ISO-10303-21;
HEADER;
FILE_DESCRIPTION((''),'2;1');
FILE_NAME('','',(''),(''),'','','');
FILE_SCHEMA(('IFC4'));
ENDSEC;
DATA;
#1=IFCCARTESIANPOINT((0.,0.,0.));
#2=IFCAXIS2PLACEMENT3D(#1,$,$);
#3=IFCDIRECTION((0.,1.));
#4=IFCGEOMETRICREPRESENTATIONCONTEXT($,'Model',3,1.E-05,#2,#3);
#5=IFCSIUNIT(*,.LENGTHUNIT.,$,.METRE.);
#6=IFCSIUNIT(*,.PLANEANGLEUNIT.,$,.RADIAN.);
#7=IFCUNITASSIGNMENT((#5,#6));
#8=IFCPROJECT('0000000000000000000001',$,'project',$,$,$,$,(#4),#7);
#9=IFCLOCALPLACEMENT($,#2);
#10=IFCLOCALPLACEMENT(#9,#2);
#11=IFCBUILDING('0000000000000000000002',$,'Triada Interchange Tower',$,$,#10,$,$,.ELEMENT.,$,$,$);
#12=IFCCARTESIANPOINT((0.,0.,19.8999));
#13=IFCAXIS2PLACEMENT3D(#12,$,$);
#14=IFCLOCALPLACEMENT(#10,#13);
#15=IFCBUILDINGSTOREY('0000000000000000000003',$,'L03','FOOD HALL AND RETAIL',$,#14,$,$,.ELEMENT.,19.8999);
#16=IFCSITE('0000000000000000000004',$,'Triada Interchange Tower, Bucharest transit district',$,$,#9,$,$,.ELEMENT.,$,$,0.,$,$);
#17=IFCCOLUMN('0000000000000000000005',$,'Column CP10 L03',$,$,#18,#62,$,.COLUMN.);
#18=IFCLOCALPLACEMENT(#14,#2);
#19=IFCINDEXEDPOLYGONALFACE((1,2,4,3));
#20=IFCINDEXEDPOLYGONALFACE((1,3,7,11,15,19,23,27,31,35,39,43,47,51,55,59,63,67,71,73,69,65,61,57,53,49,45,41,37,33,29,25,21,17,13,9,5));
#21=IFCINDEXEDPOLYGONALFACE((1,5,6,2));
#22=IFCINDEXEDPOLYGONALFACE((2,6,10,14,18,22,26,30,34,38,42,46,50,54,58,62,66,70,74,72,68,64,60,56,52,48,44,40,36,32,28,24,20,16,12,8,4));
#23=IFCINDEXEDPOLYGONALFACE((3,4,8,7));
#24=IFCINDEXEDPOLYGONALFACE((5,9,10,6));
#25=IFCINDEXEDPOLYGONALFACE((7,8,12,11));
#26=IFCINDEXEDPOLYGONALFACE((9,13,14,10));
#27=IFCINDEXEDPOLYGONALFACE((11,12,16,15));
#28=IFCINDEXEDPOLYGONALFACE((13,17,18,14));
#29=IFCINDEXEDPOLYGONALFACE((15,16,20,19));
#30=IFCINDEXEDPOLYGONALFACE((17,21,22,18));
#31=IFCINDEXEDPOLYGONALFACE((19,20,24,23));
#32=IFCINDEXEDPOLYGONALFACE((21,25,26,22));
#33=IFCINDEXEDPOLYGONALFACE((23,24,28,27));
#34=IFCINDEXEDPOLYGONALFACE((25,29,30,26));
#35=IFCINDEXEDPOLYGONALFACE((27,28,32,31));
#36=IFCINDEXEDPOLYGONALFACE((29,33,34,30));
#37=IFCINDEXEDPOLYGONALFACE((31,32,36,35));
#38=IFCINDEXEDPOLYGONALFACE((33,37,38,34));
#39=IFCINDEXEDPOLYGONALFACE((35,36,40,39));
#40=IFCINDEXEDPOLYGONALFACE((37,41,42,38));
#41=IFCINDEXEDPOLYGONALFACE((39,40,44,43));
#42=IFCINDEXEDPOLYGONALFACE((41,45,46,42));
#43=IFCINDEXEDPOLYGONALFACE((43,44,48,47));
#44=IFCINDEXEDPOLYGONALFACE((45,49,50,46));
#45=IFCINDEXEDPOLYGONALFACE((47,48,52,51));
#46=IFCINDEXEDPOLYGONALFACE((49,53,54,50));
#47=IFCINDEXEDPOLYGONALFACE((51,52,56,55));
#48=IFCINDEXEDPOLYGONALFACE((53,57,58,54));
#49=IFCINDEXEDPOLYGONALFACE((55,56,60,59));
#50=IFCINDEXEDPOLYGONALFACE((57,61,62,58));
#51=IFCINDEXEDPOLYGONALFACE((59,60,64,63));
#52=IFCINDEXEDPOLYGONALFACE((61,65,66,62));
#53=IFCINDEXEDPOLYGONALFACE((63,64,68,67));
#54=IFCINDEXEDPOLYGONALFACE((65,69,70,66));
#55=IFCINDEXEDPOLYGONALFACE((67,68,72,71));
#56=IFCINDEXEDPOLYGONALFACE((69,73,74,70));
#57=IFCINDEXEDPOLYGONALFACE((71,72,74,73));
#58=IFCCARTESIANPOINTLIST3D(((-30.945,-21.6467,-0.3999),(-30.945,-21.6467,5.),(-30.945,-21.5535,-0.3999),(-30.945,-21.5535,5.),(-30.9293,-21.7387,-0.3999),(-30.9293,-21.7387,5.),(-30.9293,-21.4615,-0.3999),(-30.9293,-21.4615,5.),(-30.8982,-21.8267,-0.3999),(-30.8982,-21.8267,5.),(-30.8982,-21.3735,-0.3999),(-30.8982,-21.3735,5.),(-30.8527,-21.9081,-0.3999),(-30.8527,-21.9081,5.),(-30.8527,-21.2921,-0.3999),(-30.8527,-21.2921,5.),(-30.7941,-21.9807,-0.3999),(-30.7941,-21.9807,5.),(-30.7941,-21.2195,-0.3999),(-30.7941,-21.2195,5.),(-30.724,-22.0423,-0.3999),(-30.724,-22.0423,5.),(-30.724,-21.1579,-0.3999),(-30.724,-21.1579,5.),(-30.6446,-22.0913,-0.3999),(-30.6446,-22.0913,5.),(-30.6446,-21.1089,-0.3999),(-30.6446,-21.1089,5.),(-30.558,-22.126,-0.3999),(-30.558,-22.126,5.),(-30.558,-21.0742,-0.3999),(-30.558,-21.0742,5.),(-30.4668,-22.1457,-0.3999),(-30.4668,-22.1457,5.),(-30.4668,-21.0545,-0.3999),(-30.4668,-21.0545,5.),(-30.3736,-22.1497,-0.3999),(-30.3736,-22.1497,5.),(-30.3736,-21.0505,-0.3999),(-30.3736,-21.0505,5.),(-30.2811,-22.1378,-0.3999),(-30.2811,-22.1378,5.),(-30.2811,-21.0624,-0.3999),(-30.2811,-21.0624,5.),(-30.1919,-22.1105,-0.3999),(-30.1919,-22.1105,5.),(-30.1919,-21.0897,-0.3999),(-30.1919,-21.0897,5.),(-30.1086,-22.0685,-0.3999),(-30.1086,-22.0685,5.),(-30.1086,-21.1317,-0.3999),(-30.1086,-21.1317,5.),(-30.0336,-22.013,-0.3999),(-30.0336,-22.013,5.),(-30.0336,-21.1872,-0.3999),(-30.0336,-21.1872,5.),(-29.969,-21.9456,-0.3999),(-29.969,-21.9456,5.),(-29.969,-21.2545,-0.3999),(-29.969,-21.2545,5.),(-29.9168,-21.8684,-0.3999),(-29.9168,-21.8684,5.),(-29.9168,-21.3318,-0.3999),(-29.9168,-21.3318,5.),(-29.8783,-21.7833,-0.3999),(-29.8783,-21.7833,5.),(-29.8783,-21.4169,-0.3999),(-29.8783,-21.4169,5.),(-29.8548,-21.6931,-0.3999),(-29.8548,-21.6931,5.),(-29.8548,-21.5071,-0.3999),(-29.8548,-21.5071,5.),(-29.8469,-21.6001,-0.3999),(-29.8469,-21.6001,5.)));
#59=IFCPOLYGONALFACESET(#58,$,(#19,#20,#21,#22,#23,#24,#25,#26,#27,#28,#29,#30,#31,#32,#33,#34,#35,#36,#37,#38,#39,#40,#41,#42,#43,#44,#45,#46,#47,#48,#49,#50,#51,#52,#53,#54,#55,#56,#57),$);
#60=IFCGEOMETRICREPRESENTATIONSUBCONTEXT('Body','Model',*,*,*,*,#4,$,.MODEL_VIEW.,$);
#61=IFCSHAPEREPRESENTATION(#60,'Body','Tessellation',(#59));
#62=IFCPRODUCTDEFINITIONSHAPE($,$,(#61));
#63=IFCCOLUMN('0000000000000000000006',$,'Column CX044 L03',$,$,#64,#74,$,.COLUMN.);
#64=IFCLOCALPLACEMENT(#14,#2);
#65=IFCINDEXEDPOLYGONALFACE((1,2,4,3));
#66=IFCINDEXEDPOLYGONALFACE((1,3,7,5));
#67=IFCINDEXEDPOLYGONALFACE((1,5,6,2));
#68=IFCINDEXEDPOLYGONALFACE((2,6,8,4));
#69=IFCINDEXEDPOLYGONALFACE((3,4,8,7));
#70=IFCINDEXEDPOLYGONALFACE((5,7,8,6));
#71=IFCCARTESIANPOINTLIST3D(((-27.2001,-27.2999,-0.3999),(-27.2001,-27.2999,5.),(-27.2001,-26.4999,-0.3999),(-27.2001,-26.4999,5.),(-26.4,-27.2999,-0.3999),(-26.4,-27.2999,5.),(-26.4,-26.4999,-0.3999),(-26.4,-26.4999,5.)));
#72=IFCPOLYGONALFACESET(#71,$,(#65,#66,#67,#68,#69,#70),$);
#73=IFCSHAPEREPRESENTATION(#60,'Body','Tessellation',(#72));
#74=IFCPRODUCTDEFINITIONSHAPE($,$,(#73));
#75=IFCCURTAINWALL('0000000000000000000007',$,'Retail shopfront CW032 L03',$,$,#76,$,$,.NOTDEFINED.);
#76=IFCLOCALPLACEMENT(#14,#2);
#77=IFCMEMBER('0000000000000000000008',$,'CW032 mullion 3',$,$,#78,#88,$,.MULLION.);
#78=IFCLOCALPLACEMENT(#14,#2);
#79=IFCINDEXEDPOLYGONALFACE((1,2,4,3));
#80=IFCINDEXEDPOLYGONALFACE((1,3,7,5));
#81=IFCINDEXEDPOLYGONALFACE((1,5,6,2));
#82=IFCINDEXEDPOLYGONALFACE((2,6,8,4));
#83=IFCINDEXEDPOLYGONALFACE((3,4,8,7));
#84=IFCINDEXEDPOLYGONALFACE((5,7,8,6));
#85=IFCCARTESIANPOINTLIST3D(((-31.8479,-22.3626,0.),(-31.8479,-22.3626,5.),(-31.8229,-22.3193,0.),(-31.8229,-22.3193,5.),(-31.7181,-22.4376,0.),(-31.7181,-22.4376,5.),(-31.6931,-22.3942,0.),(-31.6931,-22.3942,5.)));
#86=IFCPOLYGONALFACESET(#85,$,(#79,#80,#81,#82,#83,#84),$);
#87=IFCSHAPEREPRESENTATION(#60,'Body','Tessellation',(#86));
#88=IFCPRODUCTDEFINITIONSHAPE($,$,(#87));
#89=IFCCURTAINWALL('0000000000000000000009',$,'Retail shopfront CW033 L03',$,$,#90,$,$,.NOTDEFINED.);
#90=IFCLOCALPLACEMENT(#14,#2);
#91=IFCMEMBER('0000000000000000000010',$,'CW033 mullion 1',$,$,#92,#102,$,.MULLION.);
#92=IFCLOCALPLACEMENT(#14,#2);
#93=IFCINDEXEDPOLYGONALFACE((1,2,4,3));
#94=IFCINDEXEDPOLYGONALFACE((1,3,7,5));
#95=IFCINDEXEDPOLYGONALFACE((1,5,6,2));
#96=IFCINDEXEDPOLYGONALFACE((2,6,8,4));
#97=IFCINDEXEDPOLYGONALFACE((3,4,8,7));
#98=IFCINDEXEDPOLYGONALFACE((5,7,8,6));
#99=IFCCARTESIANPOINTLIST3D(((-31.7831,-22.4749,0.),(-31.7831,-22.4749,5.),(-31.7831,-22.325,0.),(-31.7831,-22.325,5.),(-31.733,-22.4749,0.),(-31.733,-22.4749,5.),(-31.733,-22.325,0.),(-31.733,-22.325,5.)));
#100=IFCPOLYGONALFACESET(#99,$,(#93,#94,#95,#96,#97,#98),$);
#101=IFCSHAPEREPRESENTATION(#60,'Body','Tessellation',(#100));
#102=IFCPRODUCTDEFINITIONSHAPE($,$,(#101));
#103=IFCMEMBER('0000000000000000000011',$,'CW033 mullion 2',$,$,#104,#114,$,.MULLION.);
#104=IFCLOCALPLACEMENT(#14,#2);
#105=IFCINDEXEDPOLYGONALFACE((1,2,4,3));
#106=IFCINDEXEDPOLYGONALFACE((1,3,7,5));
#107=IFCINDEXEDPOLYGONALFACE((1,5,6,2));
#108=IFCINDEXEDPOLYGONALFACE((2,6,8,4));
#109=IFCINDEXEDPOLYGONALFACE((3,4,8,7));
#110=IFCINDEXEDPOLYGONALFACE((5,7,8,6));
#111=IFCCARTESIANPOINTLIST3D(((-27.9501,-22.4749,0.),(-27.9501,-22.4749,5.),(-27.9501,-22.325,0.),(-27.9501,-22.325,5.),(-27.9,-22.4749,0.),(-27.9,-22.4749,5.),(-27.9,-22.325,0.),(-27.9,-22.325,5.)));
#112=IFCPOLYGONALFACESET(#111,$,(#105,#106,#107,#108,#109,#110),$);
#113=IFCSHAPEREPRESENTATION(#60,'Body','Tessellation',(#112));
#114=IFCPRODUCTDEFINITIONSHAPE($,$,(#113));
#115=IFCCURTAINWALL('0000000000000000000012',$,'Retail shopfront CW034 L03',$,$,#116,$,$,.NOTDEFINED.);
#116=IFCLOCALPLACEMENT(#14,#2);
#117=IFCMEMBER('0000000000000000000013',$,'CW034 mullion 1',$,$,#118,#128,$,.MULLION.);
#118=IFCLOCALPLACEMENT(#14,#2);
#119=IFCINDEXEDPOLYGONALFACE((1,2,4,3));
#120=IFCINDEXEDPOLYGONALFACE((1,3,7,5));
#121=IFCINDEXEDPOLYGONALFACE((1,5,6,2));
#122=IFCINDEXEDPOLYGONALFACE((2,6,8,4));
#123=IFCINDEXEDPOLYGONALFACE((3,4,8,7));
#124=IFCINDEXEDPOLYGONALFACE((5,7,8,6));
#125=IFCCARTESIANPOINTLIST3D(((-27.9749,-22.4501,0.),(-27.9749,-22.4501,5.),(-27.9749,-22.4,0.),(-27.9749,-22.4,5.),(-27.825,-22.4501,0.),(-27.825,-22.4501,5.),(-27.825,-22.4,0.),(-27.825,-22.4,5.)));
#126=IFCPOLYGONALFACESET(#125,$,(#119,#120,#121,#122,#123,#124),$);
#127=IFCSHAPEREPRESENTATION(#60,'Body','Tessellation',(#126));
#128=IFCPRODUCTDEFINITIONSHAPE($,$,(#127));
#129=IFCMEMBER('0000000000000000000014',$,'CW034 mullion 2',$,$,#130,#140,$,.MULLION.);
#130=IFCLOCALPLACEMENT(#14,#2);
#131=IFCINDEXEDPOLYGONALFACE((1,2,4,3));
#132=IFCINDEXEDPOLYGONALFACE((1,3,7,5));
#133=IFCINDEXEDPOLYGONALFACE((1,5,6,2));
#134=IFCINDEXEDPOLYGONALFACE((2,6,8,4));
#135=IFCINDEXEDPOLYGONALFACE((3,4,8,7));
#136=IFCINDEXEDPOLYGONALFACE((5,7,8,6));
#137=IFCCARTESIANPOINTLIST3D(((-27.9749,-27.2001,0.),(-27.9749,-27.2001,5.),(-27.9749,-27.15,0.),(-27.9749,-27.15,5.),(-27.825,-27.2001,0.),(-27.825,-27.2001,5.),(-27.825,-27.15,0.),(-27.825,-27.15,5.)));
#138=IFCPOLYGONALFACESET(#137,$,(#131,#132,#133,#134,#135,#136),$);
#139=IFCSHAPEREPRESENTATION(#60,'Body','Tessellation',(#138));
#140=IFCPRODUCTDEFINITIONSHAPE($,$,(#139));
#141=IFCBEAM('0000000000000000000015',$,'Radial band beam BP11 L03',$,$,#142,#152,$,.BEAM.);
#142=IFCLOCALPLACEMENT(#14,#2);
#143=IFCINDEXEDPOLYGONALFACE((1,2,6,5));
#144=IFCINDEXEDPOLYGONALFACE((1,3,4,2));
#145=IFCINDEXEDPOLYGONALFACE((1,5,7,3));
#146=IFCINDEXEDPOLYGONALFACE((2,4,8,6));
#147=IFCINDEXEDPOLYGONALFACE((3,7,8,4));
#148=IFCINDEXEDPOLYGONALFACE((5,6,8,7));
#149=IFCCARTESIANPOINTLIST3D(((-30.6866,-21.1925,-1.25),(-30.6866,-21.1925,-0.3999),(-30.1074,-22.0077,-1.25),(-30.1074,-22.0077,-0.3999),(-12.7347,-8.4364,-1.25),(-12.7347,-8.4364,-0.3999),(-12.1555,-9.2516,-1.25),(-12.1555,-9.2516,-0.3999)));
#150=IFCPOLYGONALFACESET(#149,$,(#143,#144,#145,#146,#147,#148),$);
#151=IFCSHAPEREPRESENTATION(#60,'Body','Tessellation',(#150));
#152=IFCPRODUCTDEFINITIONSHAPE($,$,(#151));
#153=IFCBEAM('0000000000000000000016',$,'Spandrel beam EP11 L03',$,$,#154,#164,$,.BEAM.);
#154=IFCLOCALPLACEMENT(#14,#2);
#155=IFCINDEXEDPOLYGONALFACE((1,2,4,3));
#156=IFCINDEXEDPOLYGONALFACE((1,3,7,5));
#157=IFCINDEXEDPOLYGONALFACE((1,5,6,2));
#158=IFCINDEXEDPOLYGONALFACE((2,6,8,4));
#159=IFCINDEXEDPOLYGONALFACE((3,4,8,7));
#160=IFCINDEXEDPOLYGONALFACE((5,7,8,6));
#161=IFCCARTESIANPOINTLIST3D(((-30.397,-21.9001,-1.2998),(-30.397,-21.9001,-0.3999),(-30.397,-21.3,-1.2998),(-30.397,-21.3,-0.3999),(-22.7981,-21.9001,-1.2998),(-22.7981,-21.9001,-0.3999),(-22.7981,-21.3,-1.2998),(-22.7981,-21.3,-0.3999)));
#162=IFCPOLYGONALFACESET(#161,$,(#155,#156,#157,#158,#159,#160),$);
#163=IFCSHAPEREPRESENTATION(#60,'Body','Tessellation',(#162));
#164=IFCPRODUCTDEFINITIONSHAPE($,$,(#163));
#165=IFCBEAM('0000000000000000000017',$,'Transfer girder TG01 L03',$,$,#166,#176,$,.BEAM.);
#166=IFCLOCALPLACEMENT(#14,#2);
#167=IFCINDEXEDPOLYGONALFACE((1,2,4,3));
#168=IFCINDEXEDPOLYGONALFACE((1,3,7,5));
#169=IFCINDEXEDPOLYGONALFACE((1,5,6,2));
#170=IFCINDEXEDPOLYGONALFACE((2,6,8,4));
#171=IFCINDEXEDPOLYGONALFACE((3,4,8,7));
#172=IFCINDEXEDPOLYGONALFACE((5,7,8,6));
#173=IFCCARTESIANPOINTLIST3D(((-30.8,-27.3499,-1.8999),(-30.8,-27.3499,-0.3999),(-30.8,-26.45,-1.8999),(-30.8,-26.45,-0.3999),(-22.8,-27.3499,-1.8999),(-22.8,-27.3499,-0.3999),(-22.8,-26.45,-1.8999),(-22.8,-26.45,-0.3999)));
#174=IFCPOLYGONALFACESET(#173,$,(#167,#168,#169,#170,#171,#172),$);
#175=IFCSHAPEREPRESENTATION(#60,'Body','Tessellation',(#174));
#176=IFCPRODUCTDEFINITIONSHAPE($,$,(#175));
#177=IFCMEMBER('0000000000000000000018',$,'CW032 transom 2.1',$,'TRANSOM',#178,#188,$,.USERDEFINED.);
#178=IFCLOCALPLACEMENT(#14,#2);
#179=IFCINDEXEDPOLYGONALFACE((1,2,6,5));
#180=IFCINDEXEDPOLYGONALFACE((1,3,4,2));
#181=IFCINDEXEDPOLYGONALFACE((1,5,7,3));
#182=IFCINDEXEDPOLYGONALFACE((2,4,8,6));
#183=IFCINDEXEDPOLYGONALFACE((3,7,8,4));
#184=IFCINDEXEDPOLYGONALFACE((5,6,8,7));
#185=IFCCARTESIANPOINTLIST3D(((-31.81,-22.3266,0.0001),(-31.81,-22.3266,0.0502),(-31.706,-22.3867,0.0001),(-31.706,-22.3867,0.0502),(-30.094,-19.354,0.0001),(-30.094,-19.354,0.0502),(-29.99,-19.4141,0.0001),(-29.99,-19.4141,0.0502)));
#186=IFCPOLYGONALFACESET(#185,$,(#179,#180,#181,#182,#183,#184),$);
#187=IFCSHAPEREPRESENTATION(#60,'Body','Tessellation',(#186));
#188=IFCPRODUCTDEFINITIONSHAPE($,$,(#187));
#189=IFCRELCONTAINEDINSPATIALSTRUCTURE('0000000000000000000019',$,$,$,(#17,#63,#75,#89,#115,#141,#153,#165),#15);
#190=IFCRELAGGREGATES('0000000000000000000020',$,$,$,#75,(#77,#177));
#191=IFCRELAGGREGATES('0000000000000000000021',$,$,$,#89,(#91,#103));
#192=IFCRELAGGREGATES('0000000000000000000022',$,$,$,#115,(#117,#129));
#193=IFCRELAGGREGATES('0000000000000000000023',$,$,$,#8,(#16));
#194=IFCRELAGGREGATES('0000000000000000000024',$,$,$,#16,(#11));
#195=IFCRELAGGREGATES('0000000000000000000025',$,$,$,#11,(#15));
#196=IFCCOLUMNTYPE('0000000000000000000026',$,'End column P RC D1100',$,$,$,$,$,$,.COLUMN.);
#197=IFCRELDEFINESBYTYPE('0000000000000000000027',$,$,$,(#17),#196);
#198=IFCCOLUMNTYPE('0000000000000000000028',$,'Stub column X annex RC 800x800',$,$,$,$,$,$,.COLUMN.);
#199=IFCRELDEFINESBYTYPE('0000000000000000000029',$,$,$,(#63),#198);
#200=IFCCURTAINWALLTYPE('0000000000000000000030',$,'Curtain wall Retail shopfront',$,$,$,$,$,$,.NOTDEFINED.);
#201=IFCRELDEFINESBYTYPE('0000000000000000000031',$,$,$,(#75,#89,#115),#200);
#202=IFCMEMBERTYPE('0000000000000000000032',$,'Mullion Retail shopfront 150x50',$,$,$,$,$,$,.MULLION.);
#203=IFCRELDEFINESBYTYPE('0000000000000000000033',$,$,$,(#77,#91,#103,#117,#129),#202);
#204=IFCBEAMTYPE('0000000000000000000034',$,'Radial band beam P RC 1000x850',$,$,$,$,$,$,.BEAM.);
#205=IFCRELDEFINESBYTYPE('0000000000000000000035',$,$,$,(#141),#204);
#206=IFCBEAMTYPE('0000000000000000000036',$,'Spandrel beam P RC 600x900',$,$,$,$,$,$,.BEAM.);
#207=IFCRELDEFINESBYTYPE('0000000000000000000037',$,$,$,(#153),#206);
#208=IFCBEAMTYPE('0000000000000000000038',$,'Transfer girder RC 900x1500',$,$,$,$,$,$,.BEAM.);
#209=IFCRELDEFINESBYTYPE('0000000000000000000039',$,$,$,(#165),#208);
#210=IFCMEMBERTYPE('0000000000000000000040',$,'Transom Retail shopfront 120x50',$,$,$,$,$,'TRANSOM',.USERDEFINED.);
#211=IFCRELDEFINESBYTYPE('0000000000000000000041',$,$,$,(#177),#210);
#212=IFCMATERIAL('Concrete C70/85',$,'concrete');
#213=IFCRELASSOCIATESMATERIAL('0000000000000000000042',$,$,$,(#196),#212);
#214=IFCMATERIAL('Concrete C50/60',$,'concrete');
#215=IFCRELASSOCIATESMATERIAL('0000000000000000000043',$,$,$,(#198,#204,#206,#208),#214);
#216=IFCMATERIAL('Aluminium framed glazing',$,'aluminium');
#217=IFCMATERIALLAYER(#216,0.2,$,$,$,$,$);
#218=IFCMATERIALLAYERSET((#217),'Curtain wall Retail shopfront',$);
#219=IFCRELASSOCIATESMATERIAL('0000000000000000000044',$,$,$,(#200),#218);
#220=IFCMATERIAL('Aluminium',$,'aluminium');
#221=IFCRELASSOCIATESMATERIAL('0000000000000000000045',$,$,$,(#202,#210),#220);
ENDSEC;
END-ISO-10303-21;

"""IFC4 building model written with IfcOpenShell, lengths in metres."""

from ifc_helpers import new_model, si_unit, direction, frame, origin, origin_2d, place, context, subcontext, project, spatial, rectangle, circle, extrude, material, layer, layer_set, material_profile, profile_set, type_object, element, aggregate, save


model = new_model("IFC4")

# Units and contexts
model_context = context("Model", 3, precision=1e-05, world=origin(), true_north=direction((0.0, 1.0)))
body_context = subcontext(model_context, "Body", "Model", "MODEL_VIEW")
ifc_project = project(units=[si_unit("LENGTHUNIT", "METRE"), si_unit("PLANEANGLEUNIT", "RADIAN")], contexts=[model_context])

# Site, building, storey
site_placement = place(None, origin())
site = spatial("IfcSite", under=ifc_project, at=site_placement, Name="Triada Interchange Tower, Bucharest transit district", CompositionType="ELEMENT", RefElevation=0.0)
building_placement = place(site_placement, origin())
building = spatial("IfcBuilding", under=site, at=building_placement, Name="Triada Interchange Tower", CompositionType="ELEMENT")
storey_placement = place(building_placement, frame((0.0, 0.0, 19.8999)))
storey = spatial("IfcBuildingStorey", under=building, at=storey_placement, Name="L03", Description="FOOD HALL AND RETAIL", CompositionType="ELEMENT", Elevation=19.8999)

# Columns
ifc_material_1 = material(Name="Concrete C70/85", Category="concrete")
ifc_material_profile_1 = material_profile(ifc_material_1, circle(Radius=0.55, at=origin_2d()), Name="RC D1100")
ifc_profile_set_1 = profile_set([ifc_material_profile_1], Name="Concrete C70/85")
column_type_1 = type_object("IfcColumnType", Name="End column P RC D1100", PredefinedType="COLUMN", material=ifc_profile_set_1)
column_1_placement = place(storey_placement, frame((-30.397, -21.6001, -0.3999), z_axis=(0.0, 0.0, 1.0), x_axis=(1.0, 0.0, 0.0)))
element("IfcColumn", 1, at=column_1_placement, inside=storey, type_object=column_type_1, Name="Column CP10 L03", PredefinedType="COLUMN", context=body_context, shape_type="SweptSolid", body=[
    extrude(circle(Radius=0.55, at=origin_2d()), origin(), (0.0, 0.0, 1.0), 5.3999),
])
ifc_material_2 = material(Name="Concrete C50/60", Category="concrete")
ifc_material_profile_2 = material_profile(ifc_material_2, rectangle(XDim=0.8, YDim=0.8, at=origin_2d()), Name="RC 800x800")
ifc_profile_set_2 = profile_set([ifc_material_profile_2], Name="Concrete C50/60")
column_type_2 = type_object("IfcColumnType", Name="Stub column X annex RC 800x800", PredefinedType="COLUMN", material=ifc_profile_set_2)
column_2_placement = place(storey_placement, frame((-26.8, -26.8999, -0.3999), z_axis=(0.0, 0.0, 1.0), x_axis=(1.0, 0.0, 0.0)))
element("IfcColumn", 2, at=column_2_placement, inside=storey, type_object=column_type_2, Name="Column CX044 L03", PredefinedType="COLUMN", context=body_context, shape_type="SweptSolid", body=[
    extrude(rectangle(XDim=0.8, YDim=0.8, at=origin_2d()), origin(), (0.0, 0.0, 1.0), 5.3999),
])

# Curtain wall, member
ifc_material_3 = material(Name="Aluminium framed glazing", Category="aluminium")
ifc_layer_1 = layer(ifc_material_3, 0.2)
ifc_layer_set_1 = layer_set([ifc_layer_1], Name="Curtain wall Retail shopfront")
curtain_wall_type = type_object("IfcCurtainWallType", Name="Curtain wall Retail shopfront", PredefinedType="NOTDEFINED", material=ifc_layer_set_1)
curtain_wall_1_placement = place(storey_placement, origin())
curtain_wall_1 = element("IfcCurtainWall", 3, at=curtain_wall_1_placement, inside=storey, type_object=curtain_wall_type, Name="Retail shopfront CW032 L03", PredefinedType="NOTDEFINED")
ifc_material_4 = material(Name="Aluminium", Category="aluminium")
ifc_material_profile_3 = material_profile(ifc_material_4, rectangle(XDim=0.1499, YDim=0.05, at=origin_2d()), Name="Aluminium mullion")
ifc_profile_set_3 = profile_set([ifc_material_profile_3], Name="Aluminium")
member_type_1 = type_object("IfcMemberType", Name="Mullion Retail shopfront 150x50", PredefinedType="MULLION", material=ifc_profile_set_3)
member_1_placement = place(storey_placement, frame((-31.7705, -22.3784, 0.0), z_axis=(0.0, 0.0, 1.0), x_axis=(0.86605, -0.499957, 0.0)))
member_1 = element("IfcMember", 4, at=member_1_placement, type_object=member_type_1, Name="CW032 mullion 3", PredefinedType="MULLION", context=body_context, shape_type="SweptSolid", body=[
    extrude(rectangle(XDim=0.1499, YDim=0.05, at=origin_2d()), origin(), (0.0, 0.0, 1.0), 5.0),
])

# Curtain walls, members
curtain_wall_2_placement = place(storey_placement, origin())
curtain_wall_2 = element("IfcCurtainWall", 5, at=curtain_wall_2_placement, inside=storey, type_object=curtain_wall_type, Name="Retail shopfront CW033 L03", PredefinedType="NOTDEFINED")
member_2_placement = place(storey_placement, frame((-31.7581, -22.3999, 0.0), z_axis=(0.0, 0.0, 1.0), x_axis=(0.0, 1.0, 0.0)))
member_2 = element("IfcMember", 6, at=member_2_placement, type_object=member_type_1, Name="CW033 mullion 1", PredefinedType="MULLION", context=body_context, shape_type="SweptSolid", body=[
    extrude(rectangle(XDim=0.1499, YDim=0.05, at=origin_2d()), origin(), (0.0, 0.0, 1.0), 5.0),
])
member_3_placement = place(storey_placement, frame((-27.925, -22.3999, 0.0), z_axis=(0.0, 0.0, 1.0), x_axis=(0.0, 1.0, 0.0)))
member_3 = element("IfcMember", 7, at=member_3_placement, type_object=member_type_1, Name="CW033 mullion 2", PredefinedType="MULLION", context=body_context, shape_type="SweptSolid", body=[
    extrude(rectangle(XDim=0.1499, YDim=0.05, at=origin_2d()), origin(), (0.0, 0.0, 1.0), 5.0),
])
curtain_wall_3_placement = place(storey_placement, origin())
curtain_wall_3 = element("IfcCurtainWall", 8, at=curtain_wall_3_placement, inside=storey, type_object=curtain_wall_type, Name="Retail shopfront CW034 L03", PredefinedType="NOTDEFINED")
member_4_placement = place(storey_placement, frame((-27.8999, -22.425, 0.0), z_axis=(0.0, 0.0, 1.0), x_axis=(1.0, 0.0, 0.0)))
member_4 = element("IfcMember", 9, at=member_4_placement, type_object=member_type_1, Name="CW034 mullion 1", PredefinedType="MULLION", context=body_context, shape_type="SweptSolid", body=[
    extrude(rectangle(XDim=0.1499, YDim=0.05, at=origin_2d()), origin(), (0.0, 0.0, 1.0), 5.0),
])
member_5_placement = place(storey_placement, frame((-27.8999, -27.175, 0.0), z_axis=(0.0, 0.0, 1.0), x_axis=(1.0, 0.0, 0.0)))
member_5 = element("IfcMember", 10, at=member_5_placement, type_object=member_type_1, Name="CW034 mullion 2", PredefinedType="MULLION", context=body_context, shape_type="SweptSolid", body=[
    extrude(rectangle(XDim=0.1499, YDim=0.05, at=origin_2d()), origin(), (0.0, 0.0, 1.0), 5.0),
])

# Beams
ifc_material_profile_4 = material_profile(ifc_material_2, rectangle(XDim=1.0, YDim=0.8501, at=origin_2d()), Name="RC 1000x850")
ifc_profile_set_4 = profile_set([ifc_material_profile_4], Name="Concrete C50/60")
beam_type_1 = type_object("IfcBeamType", Name="Radial band beam P RC 1000x850", PredefinedType="BEAM", material=ifc_profile_set_4)
beam_1_placement = place(storey_placement, frame((-30.397, -21.6001, -0.825), z_axis=(0.815163, 0.579231, 0.0), x_axis=(-0.579231, 0.815163, 0.0)))
element("IfcBeam", 11, at=beam_1_placement, inside=storey, type_object=beam_type_1, Name="Radial band beam BP11 L03", PredefinedType="BEAM", context=body_context, shape_type="SweptSolid", body=[
    extrude(rectangle(XDim=1.0, YDim=0.8501, at=origin_2d()), origin(), (0.0, 0.0, 1.0), 22.0225),
])
ifc_material_profile_5 = material_profile(ifc_material_2, rectangle(XDim=0.6001, YDim=0.8999, at=origin_2d()), Name="RC 600x900")
ifc_profile_set_5 = profile_set([ifc_material_profile_5], Name="Concrete C50/60")
beam_type_2 = type_object("IfcBeamType", Name="Spandrel beam P RC 600x900", PredefinedType="BEAM", material=ifc_profile_set_5)
beam_2_placement = place(storey_placement, frame((-30.397, -21.6001, -0.8499), z_axis=(1.0, 0.0, 0.0), x_axis=(0.0, 1.0, 0.0)))
element("IfcBeam", 12, at=beam_2_placement, inside=storey, type_object=beam_type_2, Name="Spandrel beam EP11 L03", PredefinedType="BEAM", context=body_context, shape_type="SweptSolid", body=[
    extrude(rectangle(XDim=0.6001, YDim=0.8999, at=origin_2d()), origin(), (0.0, 0.0, 1.0), 7.5989),
])
ifc_material_profile_6 = material_profile(ifc_material_2, rectangle(XDim=0.8999, YDim=1.5, at=origin_2d()), Name="RC 900x1500")
ifc_profile_set_6 = profile_set([ifc_material_profile_6], Name="Concrete C50/60")
beam_type_3 = type_object("IfcBeamType", Name="Transfer girder RC 900x1500", PredefinedType="BEAM", material=ifc_profile_set_6)
beam_3_placement = place(storey_placement, frame((-30.8, -26.8999, -1.1499), z_axis=(1.0, 0.0, 0.0), x_axis=(0.0, 1.0, 0.0)))
element("IfcBeam", 13, at=beam_3_placement, inside=storey, type_object=beam_type_3, Name="Transfer girder TG01 L03", PredefinedType="BEAM", context=body_context, shape_type="SweptSolid", body=[
    extrude(rectangle(XDim=0.8999, YDim=1.5, at=origin_2d()), origin(), (0.0, 0.0, 1.0), 8.0),
])

# Member
ifc_material_profile_7 = material_profile(ifc_material_4, rectangle(XDim=0.1201, YDim=0.05, at=origin_2d()), Name="Aluminium transom")
ifc_profile_set_7 = profile_set([ifc_material_profile_7], Name="Aluminium")
member_type_2 = type_object("IfcMemberType", Name="Transom Retail shopfront 120x50", ElementType="TRANSOM", PredefinedType="USERDEFINED", material=ifc_profile_set_7)
member_6_placement = place(storey_placement, frame((-30.042, -19.384, 0.0251), z_axis=(-0.499956, -0.866051, 0.0), x_axis=(0.866051, -0.499956, 0.0)))
member_6 = element("IfcMember", 14, at=member_6_placement, type_object=member_type_2, Name="CW032 transom 2.1", ObjectType="TRANSOM", PredefinedType="USERDEFINED", context=body_context, shape_type="SweptSolid", body=[
    extrude(rectangle(XDim=0.1201, YDim=0.05, at=origin_2d()), origin(), (0.0, 0.0, 1.0), 3.4324),
])

aggregate(curtain_wall_1, [member_1, member_6])
aggregate(curtain_wall_2, [member_2, member_3])
aggregate(curtain_wall_3, [member_4, member_5])

save(model, "model.ifc")
